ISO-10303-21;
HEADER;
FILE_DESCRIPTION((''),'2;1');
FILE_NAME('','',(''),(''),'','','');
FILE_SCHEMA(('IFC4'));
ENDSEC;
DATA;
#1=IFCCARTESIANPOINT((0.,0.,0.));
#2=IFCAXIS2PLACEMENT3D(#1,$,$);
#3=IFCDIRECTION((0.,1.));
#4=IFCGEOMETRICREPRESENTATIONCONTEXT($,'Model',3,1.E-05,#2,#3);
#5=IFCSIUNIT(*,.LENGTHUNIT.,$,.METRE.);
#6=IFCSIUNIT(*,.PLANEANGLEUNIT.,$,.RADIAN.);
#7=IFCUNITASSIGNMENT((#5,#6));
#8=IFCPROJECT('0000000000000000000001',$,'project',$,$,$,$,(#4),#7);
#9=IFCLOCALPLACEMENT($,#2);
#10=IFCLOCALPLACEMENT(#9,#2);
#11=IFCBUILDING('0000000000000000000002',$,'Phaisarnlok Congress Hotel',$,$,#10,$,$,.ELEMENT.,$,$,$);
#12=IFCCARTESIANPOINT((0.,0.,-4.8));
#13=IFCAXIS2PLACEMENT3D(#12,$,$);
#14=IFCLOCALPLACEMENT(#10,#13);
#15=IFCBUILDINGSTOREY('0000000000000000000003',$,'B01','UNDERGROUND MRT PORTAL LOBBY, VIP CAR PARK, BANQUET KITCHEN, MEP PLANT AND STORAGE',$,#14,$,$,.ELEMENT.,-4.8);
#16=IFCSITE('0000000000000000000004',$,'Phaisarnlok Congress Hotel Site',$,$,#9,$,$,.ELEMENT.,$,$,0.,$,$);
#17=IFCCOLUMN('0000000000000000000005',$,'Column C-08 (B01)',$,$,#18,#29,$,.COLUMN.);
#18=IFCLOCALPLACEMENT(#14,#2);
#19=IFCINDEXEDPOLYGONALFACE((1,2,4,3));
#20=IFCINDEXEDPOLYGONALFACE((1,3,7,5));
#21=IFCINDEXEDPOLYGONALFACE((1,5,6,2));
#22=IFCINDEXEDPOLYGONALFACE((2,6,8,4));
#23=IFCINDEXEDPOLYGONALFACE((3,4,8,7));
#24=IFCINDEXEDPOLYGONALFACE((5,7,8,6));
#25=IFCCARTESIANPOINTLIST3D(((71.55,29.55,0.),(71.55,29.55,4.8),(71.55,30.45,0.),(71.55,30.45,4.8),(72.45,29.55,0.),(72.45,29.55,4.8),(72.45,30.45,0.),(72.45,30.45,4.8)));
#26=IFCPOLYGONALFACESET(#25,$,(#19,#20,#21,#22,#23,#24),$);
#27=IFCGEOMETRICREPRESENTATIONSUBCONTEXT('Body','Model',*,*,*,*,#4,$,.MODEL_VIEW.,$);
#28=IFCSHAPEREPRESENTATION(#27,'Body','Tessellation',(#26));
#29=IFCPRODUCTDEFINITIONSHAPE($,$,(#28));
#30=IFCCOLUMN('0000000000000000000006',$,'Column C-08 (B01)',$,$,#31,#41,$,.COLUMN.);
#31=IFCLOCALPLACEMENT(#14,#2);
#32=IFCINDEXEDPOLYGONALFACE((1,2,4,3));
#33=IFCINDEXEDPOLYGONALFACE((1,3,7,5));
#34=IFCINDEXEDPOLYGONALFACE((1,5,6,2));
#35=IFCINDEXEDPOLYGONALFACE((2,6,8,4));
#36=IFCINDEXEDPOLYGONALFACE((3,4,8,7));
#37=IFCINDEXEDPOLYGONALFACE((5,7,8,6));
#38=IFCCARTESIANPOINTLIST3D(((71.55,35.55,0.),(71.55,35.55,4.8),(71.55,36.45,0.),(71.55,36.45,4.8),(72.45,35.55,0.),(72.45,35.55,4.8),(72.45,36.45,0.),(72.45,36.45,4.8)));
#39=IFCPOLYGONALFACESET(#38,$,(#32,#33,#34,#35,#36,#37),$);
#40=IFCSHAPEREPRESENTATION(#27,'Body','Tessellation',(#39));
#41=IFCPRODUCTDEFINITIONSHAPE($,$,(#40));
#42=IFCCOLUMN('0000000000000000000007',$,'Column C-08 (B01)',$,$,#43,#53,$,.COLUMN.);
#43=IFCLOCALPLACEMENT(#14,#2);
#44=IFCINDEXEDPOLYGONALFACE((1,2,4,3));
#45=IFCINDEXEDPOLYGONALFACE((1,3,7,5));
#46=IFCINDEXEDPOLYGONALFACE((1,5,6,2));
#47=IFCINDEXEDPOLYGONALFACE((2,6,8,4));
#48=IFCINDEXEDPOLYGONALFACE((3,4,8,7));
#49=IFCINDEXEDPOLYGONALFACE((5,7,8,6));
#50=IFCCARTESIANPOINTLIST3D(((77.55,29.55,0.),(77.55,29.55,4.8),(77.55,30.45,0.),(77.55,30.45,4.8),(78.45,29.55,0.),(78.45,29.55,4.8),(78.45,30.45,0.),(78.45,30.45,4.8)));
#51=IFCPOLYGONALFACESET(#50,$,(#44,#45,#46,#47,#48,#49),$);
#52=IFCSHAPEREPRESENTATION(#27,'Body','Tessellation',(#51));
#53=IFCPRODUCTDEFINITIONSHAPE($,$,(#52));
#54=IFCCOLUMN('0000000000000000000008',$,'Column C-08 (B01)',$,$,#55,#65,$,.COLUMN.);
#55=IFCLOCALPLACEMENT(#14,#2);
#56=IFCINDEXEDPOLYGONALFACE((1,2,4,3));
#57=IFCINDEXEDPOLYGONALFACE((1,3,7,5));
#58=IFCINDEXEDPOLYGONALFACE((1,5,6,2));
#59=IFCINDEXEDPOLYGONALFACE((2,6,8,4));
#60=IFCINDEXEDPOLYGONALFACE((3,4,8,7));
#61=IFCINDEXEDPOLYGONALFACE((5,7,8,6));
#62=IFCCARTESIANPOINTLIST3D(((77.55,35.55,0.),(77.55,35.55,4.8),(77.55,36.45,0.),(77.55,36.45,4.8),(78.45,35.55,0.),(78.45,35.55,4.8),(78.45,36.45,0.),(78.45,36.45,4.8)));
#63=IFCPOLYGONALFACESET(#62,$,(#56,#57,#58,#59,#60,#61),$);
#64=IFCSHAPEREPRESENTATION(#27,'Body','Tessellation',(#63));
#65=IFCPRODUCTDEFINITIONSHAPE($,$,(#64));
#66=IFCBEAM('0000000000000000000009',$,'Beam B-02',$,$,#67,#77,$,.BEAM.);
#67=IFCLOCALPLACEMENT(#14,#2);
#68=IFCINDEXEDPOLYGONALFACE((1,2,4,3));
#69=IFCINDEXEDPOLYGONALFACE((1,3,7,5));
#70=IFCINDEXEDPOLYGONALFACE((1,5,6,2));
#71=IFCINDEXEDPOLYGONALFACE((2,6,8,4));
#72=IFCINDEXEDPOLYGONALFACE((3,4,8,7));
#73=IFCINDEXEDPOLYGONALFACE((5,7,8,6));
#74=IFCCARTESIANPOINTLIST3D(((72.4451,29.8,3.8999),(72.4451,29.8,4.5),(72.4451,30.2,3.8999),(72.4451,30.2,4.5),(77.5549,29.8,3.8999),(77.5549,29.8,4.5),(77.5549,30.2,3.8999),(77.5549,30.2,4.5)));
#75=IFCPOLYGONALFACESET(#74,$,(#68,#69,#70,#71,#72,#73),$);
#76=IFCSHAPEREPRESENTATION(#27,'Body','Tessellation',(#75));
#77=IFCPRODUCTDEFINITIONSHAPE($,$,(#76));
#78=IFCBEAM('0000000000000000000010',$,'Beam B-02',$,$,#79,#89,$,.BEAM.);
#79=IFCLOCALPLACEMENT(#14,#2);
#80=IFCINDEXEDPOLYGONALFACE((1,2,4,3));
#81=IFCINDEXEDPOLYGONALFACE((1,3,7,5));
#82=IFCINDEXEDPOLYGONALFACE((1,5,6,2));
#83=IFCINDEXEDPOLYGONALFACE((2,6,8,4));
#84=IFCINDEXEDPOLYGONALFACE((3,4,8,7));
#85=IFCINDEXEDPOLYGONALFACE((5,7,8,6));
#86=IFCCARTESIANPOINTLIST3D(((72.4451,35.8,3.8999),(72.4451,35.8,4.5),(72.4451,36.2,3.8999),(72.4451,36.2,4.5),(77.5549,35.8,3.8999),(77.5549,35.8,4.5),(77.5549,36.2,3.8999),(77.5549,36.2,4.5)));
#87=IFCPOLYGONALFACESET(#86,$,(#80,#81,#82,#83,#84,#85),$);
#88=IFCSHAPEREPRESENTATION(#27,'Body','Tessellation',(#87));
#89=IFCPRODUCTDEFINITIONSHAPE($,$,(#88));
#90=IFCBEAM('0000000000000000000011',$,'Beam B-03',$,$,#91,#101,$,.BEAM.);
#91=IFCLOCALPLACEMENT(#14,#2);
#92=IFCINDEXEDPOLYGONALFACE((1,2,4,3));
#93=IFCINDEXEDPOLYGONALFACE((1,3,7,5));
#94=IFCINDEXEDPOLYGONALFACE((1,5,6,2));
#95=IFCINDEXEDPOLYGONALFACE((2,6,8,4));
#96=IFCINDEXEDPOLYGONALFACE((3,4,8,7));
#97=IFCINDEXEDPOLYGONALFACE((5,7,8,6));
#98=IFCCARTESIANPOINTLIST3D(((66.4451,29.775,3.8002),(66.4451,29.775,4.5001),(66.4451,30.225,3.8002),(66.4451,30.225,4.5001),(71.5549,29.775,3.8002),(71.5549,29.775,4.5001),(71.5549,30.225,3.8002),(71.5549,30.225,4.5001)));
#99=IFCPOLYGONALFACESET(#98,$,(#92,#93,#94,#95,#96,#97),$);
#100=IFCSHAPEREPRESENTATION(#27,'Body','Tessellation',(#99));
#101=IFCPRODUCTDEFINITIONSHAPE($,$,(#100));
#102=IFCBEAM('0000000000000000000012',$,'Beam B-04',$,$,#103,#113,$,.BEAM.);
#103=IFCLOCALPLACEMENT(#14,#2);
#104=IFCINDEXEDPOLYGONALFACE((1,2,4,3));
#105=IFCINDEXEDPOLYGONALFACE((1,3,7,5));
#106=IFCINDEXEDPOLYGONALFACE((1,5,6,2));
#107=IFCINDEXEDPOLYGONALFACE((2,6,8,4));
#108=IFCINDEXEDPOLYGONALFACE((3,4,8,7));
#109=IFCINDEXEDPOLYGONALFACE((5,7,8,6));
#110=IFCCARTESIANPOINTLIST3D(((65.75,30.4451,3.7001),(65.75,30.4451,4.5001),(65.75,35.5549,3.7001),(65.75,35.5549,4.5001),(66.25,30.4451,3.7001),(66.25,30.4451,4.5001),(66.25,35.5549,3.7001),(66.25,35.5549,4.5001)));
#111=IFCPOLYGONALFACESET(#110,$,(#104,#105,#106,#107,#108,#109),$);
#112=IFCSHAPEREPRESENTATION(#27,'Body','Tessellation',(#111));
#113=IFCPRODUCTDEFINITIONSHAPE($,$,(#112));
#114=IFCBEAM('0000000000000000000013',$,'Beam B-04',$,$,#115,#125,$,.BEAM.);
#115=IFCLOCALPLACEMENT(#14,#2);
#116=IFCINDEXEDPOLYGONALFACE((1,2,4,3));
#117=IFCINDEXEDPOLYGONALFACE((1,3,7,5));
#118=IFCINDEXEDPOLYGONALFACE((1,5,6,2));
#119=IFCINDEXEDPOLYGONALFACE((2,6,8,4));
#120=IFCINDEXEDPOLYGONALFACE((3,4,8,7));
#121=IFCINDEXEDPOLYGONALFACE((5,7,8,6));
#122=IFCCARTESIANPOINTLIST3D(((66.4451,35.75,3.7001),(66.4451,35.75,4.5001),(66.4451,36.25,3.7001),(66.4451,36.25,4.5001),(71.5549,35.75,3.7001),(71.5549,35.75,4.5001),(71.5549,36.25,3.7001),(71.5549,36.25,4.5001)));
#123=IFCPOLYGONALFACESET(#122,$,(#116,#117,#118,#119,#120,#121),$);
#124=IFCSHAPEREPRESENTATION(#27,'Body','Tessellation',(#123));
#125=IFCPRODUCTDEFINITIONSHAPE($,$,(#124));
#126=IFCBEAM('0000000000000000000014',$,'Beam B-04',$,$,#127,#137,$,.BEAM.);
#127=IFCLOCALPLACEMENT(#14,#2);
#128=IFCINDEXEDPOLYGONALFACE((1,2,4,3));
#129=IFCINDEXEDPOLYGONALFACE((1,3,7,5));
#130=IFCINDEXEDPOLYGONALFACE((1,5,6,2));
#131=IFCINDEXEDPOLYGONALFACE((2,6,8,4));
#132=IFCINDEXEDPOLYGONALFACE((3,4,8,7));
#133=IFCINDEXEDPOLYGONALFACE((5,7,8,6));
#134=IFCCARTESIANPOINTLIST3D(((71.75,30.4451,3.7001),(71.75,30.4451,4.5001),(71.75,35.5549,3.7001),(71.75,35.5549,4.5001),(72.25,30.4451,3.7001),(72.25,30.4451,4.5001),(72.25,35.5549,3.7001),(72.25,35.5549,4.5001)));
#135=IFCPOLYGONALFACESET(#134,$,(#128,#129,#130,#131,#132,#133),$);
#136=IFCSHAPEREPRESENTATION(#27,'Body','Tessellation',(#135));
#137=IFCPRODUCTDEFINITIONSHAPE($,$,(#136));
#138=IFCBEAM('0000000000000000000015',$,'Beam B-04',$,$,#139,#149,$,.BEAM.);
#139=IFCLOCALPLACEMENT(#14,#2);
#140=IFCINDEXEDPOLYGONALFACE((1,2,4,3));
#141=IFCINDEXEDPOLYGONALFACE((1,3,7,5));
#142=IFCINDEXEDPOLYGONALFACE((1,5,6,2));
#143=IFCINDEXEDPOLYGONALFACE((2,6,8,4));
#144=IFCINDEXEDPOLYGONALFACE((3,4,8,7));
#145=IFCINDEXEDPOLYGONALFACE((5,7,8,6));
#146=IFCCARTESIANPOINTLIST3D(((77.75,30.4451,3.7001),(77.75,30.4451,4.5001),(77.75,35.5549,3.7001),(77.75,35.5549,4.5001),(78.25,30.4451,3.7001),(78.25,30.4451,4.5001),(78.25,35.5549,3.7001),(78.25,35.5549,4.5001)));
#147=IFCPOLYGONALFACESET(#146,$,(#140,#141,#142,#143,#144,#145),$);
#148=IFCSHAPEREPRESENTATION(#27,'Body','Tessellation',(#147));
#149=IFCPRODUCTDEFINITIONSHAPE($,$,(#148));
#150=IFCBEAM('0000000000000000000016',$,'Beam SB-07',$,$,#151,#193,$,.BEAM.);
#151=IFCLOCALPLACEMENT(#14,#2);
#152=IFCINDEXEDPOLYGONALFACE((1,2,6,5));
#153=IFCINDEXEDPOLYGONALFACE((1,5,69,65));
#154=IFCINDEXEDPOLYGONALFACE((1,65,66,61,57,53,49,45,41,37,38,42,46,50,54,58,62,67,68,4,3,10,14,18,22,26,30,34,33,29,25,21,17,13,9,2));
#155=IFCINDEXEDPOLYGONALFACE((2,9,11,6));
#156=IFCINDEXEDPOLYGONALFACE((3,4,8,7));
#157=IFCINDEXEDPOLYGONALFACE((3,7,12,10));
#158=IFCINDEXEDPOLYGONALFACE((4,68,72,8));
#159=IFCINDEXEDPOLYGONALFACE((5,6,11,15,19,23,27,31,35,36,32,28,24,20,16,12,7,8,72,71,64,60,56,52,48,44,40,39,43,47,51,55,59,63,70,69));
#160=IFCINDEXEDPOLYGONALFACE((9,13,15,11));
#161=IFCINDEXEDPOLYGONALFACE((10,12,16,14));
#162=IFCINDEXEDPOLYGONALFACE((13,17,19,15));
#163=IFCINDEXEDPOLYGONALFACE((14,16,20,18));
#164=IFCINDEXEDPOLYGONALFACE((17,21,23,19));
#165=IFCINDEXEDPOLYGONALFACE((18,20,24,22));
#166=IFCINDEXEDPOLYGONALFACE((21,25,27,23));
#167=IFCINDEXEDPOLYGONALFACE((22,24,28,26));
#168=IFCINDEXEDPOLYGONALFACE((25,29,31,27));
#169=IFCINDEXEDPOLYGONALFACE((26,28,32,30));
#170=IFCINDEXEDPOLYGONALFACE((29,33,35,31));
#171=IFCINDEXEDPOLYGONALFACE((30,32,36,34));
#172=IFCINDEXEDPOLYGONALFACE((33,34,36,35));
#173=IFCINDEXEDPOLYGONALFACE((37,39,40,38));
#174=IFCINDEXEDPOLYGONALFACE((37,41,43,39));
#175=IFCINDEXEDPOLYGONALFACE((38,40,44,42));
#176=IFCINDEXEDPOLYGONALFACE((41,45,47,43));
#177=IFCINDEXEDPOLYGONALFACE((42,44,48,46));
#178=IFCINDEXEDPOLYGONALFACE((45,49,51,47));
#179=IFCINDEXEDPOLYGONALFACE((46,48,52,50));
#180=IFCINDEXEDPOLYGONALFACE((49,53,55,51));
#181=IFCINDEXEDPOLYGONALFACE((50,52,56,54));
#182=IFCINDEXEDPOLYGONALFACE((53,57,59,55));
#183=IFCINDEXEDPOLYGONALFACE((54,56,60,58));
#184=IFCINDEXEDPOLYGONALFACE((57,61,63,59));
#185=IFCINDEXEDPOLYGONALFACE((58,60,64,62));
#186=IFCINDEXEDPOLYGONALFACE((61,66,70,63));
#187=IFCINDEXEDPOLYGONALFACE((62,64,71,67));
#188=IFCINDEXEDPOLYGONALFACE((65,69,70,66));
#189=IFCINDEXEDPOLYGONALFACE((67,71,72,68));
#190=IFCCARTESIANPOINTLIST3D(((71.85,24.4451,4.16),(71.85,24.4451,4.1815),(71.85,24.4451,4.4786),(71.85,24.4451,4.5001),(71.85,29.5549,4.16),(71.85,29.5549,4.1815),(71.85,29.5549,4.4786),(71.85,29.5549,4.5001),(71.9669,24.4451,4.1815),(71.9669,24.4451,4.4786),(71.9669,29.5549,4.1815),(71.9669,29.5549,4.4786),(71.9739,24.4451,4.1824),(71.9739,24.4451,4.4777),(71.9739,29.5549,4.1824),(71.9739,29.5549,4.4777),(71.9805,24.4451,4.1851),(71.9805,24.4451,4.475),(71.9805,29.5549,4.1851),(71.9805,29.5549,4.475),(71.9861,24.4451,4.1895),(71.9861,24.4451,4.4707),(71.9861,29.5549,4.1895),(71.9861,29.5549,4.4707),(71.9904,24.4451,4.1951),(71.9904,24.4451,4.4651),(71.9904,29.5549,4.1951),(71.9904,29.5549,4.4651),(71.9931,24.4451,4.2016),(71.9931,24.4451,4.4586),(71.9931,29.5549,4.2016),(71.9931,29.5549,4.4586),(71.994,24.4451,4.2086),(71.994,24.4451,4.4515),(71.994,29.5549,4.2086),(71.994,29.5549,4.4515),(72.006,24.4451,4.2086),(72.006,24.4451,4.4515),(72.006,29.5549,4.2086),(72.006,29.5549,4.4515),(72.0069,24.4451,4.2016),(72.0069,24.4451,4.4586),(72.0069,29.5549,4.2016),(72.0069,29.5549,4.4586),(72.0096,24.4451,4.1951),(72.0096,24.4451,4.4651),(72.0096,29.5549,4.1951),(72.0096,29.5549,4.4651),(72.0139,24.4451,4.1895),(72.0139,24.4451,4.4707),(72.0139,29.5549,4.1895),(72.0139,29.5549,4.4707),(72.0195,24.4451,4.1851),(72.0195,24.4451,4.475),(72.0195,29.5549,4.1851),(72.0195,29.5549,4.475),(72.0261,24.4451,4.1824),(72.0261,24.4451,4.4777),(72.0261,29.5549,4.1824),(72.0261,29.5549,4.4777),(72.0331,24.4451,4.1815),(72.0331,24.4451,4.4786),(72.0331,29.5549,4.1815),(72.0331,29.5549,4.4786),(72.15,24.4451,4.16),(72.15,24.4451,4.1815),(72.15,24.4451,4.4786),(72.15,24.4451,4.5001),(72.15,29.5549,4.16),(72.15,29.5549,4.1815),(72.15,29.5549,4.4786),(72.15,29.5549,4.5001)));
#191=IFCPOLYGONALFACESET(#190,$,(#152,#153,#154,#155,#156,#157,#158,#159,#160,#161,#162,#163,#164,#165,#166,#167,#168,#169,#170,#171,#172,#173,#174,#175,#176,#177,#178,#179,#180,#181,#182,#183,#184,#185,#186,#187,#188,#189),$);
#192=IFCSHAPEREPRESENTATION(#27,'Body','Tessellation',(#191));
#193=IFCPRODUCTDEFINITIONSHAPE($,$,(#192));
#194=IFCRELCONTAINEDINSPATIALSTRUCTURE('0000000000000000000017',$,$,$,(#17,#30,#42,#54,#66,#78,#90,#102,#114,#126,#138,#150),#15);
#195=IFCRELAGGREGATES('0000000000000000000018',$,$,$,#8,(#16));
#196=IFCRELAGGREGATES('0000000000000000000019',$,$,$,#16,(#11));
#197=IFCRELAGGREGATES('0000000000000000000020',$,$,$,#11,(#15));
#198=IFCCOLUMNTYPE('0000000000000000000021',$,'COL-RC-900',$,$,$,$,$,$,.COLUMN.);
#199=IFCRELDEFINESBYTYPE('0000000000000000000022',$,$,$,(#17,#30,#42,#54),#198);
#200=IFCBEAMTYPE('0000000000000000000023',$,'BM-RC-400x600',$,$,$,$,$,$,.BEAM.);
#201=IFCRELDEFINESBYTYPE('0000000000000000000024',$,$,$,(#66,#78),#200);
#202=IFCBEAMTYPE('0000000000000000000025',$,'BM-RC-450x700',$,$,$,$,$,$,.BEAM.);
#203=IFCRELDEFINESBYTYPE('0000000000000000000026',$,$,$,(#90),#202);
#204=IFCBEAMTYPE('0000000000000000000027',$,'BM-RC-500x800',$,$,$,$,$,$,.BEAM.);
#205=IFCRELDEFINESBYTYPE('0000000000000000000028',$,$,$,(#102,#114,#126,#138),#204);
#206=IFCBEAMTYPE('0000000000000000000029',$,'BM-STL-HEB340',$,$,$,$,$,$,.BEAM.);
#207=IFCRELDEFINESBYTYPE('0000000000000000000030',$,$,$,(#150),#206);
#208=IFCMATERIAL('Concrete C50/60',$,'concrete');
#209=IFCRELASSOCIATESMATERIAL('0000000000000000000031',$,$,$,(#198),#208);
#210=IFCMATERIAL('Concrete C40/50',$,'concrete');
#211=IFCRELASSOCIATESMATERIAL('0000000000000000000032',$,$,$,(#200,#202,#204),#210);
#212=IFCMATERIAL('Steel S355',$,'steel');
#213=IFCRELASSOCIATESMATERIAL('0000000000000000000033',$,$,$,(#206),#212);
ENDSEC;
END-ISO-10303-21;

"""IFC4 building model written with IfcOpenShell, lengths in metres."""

from ifc_helpers import new_model, si_unit, direction, frame, origin, origin_2d, place, context, subcontext, project, spatial, rectangle, i_section, extrude, material, material_profile, profile_set, type_object, element, save


model = new_model("IFC4")

# Units and contexts
model_context = context("Model", 3, precision=1e-05, world=origin(), true_north=direction((0.0, 1.0)))
body_context = subcontext(model_context, "Body", "Model", "MODEL_VIEW")
ifc_project = project(units=[si_unit("LENGTHUNIT", "METRE"), si_unit("PLANEANGLEUNIT", "RADIAN")], contexts=[model_context])

# Site, building, storey
site_placement = place(None, origin())
site = spatial("IfcSite", under=ifc_project, at=site_placement, Name="Phaisarnlok Congress Hotel Site", CompositionType="ELEMENT", RefElevation=0.0)
building_placement = place(site_placement, origin())
building = spatial("IfcBuilding", under=site, at=building_placement, Name="Phaisarnlok Congress Hotel", CompositionType="ELEMENT")
storey_placement = place(building_placement, frame((0.0, 0.0, -4.8)))
storey = spatial("IfcBuildingStorey", under=building, at=storey_placement, Name="B01", Description="UNDERGROUND MRT PORTAL LOBBY, VIP CAR PARK, BANQUET KITCHEN, MEP PLANT AND STORAGE", CompositionType="ELEMENT", Elevation=-4.8)

# Shared definitions
ifc_material_1 = material(Name="Concrete C40/50", Category="concrete")

# Columns
ifc_material_2 = material(Name="Concrete C50/60", Category="concrete")
ifc_material_profile_1 = material_profile(ifc_material_2, rectangle(XDim=0.8999, YDim=0.8999, at=origin_2d()), Name="RC 900x900")
ifc_profile_set_1 = profile_set([ifc_material_profile_1], Name="Concrete C50/60")
column_type = type_object("IfcColumnType", Name="COL-RC-900", PredefinedType="COLUMN", material=ifc_profile_set_1)
for number, where, z_axis, x_axis, name in (
    (1, (72.0, 30.0, 0.0), (0.0, 0.0, 1.0), (1.0, 0.0, 0.0), "Column C-08 (B01)"),
    (2, (72.0, 36.0, 0.0), (0.0, 0.0, 1.0), (1.0, 0.0, 0.0), "Column C-08 (B01)"),
    (3, (78.0, 30.0, 0.0), (0.0, 0.0, 1.0), (1.0, 0.0, 0.0), "Column C-08 (B01)"),
    (4, (78.0, 36.0, 0.0), (0.0, 0.0, 1.0), (1.0, 0.0, 0.0), "Column C-08 (B01)"),
):
    element("IfcColumn", number, at=place(storey_placement, frame(where, z_axis=z_axis, x_axis=x_axis)), inside=storey, type_object=column_type, Name=name, PredefinedType="COLUMN", context=body_context, shape_type="SweptSolid", body=[
        extrude(rectangle(XDim=0.8999, YDim=0.8999, at=origin_2d()), origin(), (0.0, 0.0, 1.0), 4.8),
    ])

# Beams
ifc_material_profile_2 = material_profile(ifc_material_1, rectangle(XDim=0.3999, YDim=0.6001, at=origin_2d()), Name="RC 400x600")
ifc_profile_set_2 = profile_set([ifc_material_profile_2], Name="Concrete C40/50")
beam_type_1 = type_object("IfcBeamType", Name="BM-RC-400x600", PredefinedType="BEAM", material=ifc_profile_set_2)
for number, where, z_axis, x_axis, name in (
    (5, (72.4451, 30.0, 4.2), (1.0, 0.0, 0.0), (0.0, 1.0, 0.0), "Beam B-02"),
    (6, (72.4451, 36.0, 4.2), (1.0, 0.0, 0.0), (0.0, 1.0, 0.0), "Beam B-02"),
):
    element("IfcBeam", number, at=place(storey_placement, frame(where, z_axis=z_axis, x_axis=x_axis)), inside=storey, type_object=beam_type_1, Name=name, PredefinedType="BEAM", context=body_context, shape_type="SweptSolid", body=[
        extrude(rectangle(XDim=0.3999, YDim=0.6001, at=origin_2d()), origin(), (0.0, 0.0, 1.0), 5.1099),
    ])
ifc_material_profile_3 = material_profile(ifc_material_1, rectangle(XDim=0.45, YDim=0.7, at=origin_2d()), Name="RC 450x700")
ifc_profile_set_3 = profile_set([ifc_material_profile_3], Name="Concrete C40/50")
beam_type_2 = type_object("IfcBeamType", Name="BM-RC-450x700", PredefinedType="BEAM", material=ifc_profile_set_3)
beam_1_placement = place(storey_placement, frame((66.4451, 30.0, 4.1501), z_axis=(1.0, 0.0, 0.0), x_axis=(0.0, 1.0, 0.0)))
element("IfcBeam", 7, at=beam_1_placement, inside=storey, type_object=beam_type_2, Name="Beam B-03", PredefinedType="BEAM", context=body_context, shape_type="SweptSolid", body=[
    extrude(rectangle(XDim=0.45, YDim=0.7, at=origin_2d()), origin(), (0.0, 0.0, 1.0), 5.1099),
])
ifc_material_profile_4 = material_profile(ifc_material_1, rectangle(XDim=0.5, YDim=0.8, at=origin_2d()), Name="RC 500x800")
ifc_profile_set_4 = profile_set([ifc_material_profile_4], Name="Concrete C40/50")
beam_type_3 = type_object("IfcBeamType", Name="BM-RC-500x800", PredefinedType="BEAM", material=ifc_profile_set_4)
for number, where, z_axis, x_axis, name in (
    (8, (66.0, 30.4451, 4.1001), (0.0, 1.0, 0.0), (-1.0, 0.0, 0.0), "Beam B-04"),
    (9, (66.4451, 36.0, 4.1001), (1.0, 0.0, 0.0), (0.0, 1.0, 0.0), "Beam B-04"),
    (10, (72.0, 30.4451, 4.1001), (0.0, 1.0, 0.0), (-1.0, 0.0, 0.0), "Beam B-04"),
    (11, (78.0, 30.4451, 4.1001), (0.0, 1.0, 0.0), (-1.0, 0.0, 0.0), "Beam B-04"),
):
    element("IfcBeam", number, at=place(storey_placement, frame(where, z_axis=z_axis, x_axis=x_axis)), inside=storey, type_object=beam_type_3, Name=name, PredefinedType="BEAM", context=body_context, shape_type="SweptSolid", body=[
        extrude(rectangle(XDim=0.5, YDim=0.8, at=origin_2d()), origin(), (0.0, 0.0, 1.0), 5.1099),
    ])
ifc_material_3 = material(Name="Steel S355", Category="steel")
ifc_material_profile_5 = material_profile(ifc_material_3, i_section(OverallWidth=0.3, OverallDepth=0.3401, WebThickness=0.012, FlangeThickness=0.0215, FilletRadius=0.0271, at=origin_2d()), Name="HEB 340")
ifc_profile_set_5 = profile_set([ifc_material_profile_5], Name="Steel S355")
beam_type_4 = type_object("IfcBeamType", Name="BM-STL-HEB340", PredefinedType="BEAM", material=ifc_profile_set_5)
for number, where, z_axis, x_axis, name in (
    (12, (72.0, 24.4451, 4.3301), (0.0, 1.0, 0.0), (-1.0, 0.0, 0.0), "Beam SB-07"),
):
    element("IfcBeam", number, at=place(storey_placement, frame(where, z_axis=z_axis, x_axis=x_axis)), inside=storey, type_object=beam_type_4, Name=name, PredefinedType="BEAM", context=body_context, shape_type="SweptSolid", body=[
        extrude(i_section(OverallWidth=0.3, OverallDepth=0.3401, WebThickness=0.012, FlangeThickness=0.0215, FilletRadius=0.0271, at=origin_2d()), origin(), (0.0, 0.0, 1.0), 5.1099),
    ])

save(model, "model.ifc")
